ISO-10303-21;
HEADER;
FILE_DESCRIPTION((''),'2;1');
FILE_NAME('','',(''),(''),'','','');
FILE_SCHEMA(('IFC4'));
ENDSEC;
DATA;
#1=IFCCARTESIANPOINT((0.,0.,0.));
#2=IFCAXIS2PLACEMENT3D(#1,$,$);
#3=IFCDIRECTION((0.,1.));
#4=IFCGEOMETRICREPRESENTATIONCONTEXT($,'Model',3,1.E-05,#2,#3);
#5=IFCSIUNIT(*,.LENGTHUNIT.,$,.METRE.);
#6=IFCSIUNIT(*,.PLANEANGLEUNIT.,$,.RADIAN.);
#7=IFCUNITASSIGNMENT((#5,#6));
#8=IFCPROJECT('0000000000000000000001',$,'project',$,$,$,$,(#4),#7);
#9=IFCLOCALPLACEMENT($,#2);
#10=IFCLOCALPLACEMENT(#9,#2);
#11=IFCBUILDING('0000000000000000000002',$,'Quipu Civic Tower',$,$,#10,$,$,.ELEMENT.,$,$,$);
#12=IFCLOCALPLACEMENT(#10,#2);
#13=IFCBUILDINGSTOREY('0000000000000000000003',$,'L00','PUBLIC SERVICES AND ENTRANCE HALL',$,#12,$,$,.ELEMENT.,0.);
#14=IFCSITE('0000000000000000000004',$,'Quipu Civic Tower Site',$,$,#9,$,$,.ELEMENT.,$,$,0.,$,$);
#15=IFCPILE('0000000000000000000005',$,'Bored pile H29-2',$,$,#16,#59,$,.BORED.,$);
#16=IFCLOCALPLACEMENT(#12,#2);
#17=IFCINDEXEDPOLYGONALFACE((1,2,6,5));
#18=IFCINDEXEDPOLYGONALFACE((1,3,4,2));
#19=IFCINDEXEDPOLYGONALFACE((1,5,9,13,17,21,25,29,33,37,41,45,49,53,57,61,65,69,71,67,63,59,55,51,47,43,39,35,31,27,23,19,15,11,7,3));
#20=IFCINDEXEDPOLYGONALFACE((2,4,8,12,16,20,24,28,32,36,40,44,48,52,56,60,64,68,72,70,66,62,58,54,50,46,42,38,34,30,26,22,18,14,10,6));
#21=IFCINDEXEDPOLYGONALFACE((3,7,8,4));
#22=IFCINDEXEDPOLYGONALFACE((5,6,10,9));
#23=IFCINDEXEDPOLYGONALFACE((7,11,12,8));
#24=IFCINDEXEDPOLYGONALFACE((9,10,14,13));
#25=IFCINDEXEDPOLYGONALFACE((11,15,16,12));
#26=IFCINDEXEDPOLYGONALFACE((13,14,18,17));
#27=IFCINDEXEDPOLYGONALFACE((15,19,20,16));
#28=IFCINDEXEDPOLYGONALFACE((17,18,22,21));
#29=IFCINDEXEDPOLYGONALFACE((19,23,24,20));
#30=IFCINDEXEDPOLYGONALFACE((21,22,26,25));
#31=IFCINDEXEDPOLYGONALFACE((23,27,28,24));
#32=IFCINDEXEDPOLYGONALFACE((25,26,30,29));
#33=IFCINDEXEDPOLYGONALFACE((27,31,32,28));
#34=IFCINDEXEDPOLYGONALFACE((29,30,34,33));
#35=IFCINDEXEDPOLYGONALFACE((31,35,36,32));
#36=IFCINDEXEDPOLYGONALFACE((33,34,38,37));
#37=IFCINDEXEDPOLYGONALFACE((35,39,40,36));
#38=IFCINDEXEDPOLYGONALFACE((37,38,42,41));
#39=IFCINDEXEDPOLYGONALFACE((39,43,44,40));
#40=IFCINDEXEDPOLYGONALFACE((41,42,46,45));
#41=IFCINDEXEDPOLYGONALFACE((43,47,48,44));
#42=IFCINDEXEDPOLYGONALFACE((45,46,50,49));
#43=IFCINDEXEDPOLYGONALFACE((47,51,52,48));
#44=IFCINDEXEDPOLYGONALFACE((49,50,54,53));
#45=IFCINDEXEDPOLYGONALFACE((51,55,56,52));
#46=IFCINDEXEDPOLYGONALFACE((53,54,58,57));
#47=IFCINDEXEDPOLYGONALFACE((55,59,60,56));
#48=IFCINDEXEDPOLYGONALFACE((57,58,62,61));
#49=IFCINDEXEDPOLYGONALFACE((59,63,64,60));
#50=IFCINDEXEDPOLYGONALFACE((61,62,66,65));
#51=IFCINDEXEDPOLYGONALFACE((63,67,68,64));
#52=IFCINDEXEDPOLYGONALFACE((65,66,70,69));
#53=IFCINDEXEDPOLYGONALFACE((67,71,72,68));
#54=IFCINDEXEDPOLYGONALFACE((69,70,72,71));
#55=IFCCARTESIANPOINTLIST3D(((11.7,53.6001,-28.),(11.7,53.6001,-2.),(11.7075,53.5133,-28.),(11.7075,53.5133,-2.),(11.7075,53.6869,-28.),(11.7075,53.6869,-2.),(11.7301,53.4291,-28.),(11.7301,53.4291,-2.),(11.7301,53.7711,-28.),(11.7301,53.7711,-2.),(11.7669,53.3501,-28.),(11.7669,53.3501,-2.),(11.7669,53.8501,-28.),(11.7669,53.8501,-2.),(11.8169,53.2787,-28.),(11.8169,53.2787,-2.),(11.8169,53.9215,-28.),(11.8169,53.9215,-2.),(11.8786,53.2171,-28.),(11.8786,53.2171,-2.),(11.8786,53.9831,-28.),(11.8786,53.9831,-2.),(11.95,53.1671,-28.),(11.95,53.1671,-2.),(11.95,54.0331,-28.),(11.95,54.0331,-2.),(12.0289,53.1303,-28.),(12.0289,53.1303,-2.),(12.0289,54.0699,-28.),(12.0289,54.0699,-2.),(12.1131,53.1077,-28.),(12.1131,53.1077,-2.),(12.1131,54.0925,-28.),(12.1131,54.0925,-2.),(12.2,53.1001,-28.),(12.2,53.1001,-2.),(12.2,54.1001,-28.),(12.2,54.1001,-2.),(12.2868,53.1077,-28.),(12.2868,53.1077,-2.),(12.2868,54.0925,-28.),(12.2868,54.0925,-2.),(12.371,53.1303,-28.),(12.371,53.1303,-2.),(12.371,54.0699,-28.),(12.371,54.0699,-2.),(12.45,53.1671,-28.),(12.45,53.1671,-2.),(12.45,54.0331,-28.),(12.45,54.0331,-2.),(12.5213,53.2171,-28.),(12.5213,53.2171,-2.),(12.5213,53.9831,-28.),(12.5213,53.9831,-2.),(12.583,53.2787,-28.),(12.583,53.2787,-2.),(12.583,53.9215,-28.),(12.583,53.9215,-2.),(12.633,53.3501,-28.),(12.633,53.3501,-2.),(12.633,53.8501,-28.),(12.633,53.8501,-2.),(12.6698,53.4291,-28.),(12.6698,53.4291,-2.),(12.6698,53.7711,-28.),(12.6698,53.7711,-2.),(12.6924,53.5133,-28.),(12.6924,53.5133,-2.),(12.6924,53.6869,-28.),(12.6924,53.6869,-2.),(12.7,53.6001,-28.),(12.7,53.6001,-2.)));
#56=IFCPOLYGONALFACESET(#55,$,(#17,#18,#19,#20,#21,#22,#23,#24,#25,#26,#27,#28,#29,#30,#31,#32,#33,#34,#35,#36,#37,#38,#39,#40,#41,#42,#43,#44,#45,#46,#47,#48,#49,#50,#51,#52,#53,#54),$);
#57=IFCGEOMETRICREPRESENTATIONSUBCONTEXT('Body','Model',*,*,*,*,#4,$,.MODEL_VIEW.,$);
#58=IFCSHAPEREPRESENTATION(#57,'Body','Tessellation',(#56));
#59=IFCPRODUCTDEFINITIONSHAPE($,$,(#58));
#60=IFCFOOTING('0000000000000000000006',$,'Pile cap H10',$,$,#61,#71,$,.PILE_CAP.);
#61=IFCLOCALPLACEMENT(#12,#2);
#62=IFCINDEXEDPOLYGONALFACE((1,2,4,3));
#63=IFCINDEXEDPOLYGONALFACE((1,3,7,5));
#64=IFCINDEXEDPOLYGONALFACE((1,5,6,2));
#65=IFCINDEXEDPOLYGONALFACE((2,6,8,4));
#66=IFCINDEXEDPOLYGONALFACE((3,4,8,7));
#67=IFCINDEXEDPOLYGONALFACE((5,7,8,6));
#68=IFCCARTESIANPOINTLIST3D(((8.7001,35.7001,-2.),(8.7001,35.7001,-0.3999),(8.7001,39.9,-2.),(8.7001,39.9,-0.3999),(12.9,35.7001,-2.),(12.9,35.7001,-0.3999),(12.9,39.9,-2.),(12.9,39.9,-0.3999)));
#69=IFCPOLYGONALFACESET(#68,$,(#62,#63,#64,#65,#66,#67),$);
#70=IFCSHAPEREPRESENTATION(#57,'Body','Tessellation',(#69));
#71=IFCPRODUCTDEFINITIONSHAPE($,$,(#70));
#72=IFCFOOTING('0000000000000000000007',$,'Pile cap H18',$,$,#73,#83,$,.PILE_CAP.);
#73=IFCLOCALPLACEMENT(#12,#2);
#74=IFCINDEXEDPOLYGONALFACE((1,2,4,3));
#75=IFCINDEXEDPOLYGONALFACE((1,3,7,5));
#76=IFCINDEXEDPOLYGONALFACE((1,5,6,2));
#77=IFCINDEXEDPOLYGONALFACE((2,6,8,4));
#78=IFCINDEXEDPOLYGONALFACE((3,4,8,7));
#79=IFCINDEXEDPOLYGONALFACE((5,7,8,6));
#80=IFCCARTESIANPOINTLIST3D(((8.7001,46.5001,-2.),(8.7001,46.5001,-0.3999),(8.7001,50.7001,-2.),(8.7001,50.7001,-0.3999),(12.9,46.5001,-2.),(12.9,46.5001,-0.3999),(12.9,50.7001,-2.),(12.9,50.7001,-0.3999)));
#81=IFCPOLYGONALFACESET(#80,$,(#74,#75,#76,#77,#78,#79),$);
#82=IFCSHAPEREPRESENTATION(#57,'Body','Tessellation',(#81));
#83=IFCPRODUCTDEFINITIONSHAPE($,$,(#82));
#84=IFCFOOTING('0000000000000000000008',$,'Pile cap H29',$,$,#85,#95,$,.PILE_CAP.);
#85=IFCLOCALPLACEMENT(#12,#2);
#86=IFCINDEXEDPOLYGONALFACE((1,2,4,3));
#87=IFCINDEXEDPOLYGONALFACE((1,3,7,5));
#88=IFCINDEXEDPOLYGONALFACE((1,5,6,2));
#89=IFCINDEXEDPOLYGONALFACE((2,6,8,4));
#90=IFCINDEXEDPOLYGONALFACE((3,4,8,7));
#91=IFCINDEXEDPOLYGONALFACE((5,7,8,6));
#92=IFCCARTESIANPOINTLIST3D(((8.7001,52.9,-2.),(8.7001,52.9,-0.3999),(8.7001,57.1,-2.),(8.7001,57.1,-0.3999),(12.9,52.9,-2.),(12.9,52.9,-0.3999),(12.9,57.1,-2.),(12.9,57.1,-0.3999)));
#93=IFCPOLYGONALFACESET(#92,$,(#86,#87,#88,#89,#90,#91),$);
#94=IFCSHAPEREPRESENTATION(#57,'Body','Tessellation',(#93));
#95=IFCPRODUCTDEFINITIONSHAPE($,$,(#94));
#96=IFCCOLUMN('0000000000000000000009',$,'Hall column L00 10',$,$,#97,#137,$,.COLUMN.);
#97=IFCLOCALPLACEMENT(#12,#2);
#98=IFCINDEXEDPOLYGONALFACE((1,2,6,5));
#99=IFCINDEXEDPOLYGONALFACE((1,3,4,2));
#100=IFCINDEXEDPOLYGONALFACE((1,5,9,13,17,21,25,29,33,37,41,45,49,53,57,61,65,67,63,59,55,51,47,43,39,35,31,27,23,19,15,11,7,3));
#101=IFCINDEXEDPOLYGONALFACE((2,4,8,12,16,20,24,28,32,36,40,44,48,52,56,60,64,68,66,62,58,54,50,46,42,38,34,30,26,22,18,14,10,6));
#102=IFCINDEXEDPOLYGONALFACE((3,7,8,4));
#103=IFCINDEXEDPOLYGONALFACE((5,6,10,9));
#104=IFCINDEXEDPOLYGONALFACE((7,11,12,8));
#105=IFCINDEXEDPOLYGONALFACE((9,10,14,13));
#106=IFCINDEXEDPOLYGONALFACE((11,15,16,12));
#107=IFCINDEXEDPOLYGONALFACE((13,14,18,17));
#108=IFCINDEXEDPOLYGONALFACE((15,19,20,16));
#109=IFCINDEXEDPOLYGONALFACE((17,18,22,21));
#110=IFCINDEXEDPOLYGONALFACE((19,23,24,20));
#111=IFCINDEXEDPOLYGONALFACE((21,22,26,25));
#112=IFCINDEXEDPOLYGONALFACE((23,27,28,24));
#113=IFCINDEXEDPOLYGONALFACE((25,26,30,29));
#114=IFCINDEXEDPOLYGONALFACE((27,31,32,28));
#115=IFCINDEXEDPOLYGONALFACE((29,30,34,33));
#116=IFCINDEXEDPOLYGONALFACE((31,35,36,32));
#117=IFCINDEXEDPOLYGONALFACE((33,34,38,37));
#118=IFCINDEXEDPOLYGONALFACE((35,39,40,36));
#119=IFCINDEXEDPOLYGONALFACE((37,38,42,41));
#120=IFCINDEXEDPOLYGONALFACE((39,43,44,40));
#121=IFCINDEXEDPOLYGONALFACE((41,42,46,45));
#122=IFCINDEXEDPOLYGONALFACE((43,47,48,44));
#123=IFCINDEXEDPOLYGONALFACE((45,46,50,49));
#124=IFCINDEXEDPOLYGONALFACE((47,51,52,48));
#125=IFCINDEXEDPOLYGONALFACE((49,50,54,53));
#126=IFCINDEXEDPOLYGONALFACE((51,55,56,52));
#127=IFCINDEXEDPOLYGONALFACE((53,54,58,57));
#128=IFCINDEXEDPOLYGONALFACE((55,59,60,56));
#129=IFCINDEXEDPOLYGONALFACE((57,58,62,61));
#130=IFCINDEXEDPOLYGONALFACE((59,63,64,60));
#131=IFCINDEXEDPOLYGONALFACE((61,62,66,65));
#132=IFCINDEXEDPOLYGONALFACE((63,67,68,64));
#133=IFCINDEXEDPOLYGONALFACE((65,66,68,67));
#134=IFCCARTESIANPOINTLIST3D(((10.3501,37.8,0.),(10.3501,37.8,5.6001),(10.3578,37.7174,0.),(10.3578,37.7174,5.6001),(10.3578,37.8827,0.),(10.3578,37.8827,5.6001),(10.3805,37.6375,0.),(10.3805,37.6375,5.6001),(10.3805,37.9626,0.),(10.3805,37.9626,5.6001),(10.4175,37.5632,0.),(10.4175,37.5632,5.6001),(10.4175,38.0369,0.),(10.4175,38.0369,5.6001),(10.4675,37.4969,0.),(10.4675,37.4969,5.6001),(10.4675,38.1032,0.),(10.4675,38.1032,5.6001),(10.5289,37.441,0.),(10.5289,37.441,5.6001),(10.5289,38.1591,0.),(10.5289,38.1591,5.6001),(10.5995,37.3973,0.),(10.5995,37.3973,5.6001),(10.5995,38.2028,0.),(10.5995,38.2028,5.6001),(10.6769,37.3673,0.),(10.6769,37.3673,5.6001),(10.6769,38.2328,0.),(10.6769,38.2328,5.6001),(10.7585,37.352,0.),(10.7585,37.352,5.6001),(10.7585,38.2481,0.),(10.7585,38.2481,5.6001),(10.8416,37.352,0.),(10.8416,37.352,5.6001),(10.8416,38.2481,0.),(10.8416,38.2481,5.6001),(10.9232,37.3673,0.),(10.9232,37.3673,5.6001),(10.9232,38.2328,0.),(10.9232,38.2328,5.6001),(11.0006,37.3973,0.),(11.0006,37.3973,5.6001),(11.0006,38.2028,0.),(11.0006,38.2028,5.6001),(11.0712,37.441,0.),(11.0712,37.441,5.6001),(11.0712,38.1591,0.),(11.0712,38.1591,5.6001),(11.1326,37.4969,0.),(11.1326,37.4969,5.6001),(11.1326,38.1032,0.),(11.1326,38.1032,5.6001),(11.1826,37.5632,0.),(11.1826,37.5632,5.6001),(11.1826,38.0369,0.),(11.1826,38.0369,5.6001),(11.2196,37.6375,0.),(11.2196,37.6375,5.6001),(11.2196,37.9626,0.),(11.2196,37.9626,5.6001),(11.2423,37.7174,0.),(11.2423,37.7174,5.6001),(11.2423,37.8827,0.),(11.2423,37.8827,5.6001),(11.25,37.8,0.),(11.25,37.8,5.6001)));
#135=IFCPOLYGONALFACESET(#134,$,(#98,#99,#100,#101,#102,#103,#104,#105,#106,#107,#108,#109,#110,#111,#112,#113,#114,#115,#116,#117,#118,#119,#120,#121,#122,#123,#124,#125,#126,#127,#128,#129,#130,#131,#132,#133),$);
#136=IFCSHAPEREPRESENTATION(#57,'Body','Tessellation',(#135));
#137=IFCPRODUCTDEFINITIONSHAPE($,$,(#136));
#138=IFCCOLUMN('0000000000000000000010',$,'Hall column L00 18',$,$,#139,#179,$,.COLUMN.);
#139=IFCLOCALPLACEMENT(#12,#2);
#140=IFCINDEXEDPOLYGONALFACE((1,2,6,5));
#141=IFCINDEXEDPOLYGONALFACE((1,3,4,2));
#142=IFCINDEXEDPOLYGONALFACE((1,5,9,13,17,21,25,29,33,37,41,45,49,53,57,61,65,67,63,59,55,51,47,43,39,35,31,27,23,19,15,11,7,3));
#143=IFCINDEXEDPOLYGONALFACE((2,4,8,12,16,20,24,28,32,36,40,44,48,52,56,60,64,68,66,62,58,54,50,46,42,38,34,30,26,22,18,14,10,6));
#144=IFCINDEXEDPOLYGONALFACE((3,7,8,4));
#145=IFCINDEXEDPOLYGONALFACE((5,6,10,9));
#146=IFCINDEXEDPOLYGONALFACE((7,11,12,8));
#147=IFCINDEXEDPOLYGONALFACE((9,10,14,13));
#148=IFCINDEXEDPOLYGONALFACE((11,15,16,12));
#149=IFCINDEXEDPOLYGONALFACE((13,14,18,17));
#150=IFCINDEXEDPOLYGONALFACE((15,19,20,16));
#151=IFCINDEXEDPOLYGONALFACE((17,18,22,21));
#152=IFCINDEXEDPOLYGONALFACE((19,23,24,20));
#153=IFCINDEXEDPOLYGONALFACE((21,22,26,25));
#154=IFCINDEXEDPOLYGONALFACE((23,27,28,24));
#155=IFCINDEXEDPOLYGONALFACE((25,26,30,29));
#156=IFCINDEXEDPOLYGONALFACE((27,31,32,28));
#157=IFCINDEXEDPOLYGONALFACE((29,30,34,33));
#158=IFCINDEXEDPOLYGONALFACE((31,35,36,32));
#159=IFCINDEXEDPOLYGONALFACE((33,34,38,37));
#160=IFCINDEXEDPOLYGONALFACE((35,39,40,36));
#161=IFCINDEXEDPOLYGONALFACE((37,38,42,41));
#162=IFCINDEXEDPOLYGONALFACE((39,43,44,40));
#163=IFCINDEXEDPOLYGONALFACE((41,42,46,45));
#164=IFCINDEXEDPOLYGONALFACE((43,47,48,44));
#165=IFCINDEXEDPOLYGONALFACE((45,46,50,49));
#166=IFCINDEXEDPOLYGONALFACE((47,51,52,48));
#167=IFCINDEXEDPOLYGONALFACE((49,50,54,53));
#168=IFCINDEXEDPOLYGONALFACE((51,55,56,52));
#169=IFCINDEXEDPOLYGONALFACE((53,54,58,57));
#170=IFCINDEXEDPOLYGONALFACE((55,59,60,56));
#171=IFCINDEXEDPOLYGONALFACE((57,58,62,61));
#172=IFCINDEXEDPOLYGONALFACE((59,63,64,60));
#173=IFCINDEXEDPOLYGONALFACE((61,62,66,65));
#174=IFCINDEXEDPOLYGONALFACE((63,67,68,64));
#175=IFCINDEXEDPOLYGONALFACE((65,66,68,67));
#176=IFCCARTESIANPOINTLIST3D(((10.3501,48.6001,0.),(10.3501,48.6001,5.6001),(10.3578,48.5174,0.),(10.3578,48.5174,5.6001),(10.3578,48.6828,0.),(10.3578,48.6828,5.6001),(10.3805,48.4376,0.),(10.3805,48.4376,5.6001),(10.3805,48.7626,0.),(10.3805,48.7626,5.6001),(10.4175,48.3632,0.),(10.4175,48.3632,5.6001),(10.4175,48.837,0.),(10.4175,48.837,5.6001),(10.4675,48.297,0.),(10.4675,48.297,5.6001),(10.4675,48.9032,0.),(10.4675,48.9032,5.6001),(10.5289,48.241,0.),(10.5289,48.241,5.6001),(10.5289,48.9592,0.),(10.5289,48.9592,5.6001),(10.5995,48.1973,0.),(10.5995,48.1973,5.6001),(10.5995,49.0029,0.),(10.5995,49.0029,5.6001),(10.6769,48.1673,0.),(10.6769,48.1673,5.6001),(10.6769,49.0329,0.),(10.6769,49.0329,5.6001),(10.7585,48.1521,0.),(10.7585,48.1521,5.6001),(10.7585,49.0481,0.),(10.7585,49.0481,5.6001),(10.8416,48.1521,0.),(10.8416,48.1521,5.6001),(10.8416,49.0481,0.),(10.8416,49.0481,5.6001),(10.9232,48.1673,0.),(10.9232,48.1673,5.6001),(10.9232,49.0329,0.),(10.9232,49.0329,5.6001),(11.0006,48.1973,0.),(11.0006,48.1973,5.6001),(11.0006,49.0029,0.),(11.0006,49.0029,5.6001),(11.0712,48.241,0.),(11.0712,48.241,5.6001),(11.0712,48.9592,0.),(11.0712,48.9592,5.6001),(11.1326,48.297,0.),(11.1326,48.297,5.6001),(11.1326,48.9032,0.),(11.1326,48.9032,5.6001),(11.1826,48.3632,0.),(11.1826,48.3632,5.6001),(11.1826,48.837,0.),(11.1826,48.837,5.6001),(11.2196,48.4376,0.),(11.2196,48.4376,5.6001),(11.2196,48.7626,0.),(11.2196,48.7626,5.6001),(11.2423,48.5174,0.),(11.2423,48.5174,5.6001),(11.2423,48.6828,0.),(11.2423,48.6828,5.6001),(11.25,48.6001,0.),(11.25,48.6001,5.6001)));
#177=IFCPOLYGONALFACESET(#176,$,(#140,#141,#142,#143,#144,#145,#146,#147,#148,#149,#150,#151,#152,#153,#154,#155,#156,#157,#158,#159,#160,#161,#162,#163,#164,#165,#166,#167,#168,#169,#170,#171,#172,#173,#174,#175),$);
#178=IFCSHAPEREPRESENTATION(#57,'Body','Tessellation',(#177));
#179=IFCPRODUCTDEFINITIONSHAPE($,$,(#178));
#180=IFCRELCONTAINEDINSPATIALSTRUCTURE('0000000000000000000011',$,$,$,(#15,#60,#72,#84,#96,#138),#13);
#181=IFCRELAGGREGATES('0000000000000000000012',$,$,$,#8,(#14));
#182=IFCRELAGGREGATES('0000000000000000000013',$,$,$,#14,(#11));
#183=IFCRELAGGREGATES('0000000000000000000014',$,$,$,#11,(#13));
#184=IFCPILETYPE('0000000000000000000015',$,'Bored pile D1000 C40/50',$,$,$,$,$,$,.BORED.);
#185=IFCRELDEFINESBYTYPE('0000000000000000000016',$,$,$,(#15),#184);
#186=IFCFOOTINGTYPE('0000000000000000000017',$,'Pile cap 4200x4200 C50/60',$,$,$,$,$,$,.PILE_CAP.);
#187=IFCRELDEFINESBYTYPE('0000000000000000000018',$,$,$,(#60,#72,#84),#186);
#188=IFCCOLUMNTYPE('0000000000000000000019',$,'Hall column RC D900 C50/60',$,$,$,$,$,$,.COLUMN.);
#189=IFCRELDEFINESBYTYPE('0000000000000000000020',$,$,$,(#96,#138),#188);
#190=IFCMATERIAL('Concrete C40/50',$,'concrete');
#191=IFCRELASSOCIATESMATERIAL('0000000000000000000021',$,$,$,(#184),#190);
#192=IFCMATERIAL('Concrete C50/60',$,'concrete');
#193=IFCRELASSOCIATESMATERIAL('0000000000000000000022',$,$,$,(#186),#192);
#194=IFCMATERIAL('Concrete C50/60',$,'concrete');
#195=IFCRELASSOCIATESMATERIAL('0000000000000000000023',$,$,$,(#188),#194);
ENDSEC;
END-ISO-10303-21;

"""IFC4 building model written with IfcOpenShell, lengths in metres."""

from ifc_helpers import new_model, si_unit, direction, frame, origin, origin_2d, place, context, subcontext, project, spatial, rectangle, circle, extrude, material, material_profile, profile_set, type_object, element, save


model = new_model("IFC4")

# Units and contexts
model_context = context("Model", 3, precision=1e-05, world=origin(), true_north=direction((0.0, 1.0)))
body_context = subcontext(model_context, "Body", "Model", "MODEL_VIEW")
ifc_project = project(units=[si_unit("LENGTHUNIT", "METRE"), si_unit("PLANEANGLEUNIT", "RADIAN")], contexts=[model_context])

# Site, building, storey
site_placement = place(None, origin())
site = spatial("IfcSite", under=ifc_project, at=site_placement, Name="Quipu Civic Tower Site", CompositionType="ELEMENT", RefElevation=0.0)
building_placement = place(site_placement, origin())
building = spatial("IfcBuilding", under=site, at=building_placement, Name="Quipu Civic Tower", CompositionType="ELEMENT")
storey_placement = place(building_placement, origin())
storey = spatial("IfcBuildingStorey", under=building, at=storey_placement, Name="L00", Description="PUBLIC SERVICES AND ENTRANCE HALL", CompositionType="ELEMENT", Elevation=0.0)

# Pile
ifc_material_1 = material(Name="Concrete C40/50", Category="concrete")
ifc_material_profile_1 = material_profile(ifc_material_1, circle(Radius=0.5, at=origin_2d()), Name="RCD1000")
ifc_profile_set_1 = profile_set([ifc_material_profile_1], Name="Concrete C40/50")
pile_type = type_object("IfcPileType", Name="Bored pile D1000 C40/50", PredefinedType="BORED", material=ifc_profile_set_1)
for number, where, z_axis, x_axis, name in (
    (1, (12.2, 53.6001, -2.0), (0.0, 0.0, -1.0), (1.0, 0.0, 0.0), "Bored pile H29-2"),
):
    element("IfcPile", number, at=place(storey_placement, frame(where, z_axis=z_axis, x_axis=x_axis)), inside=storey, type_object=pile_type, Name=name, PredefinedType="BORED", context=body_context, shape_type="SweptSolid", body=[
        extrude(circle(Radius=0.5, at=origin_2d()), origin(), (0.0, 0.0, 1.0), 26.0),
    ])

# Footings
ifc_material_2 = material(Name="Concrete C50/60", Category="concrete")
footing_type = type_object("IfcFootingType", Name="Pile cap 4200x4200 C50/60", PredefinedType="PILE_CAP", material=ifc_material_2)
for number, where, z_axis, x_axis, name in (
    (2, (10.8, 37.8, -2.0), (0.0, 0.0, 1.0), (1.0, 0.0, 0.0), "Pile cap H10"),
    (3, (10.8, 48.6001, -2.0), (0.0, 0.0, 1.0), (1.0, 0.0, 0.0), "Pile cap H18"),
    (4, (10.8, 55.0, -2.0), (0.0, 0.0, 1.0), (1.0, 0.0, 0.0), "Pile cap H29"),
):
    element("IfcFooting", number, at=place(storey_placement, frame(where, z_axis=z_axis, x_axis=x_axis)), inside=storey, type_object=footing_type, Name=name, PredefinedType="PILE_CAP", context=body_context, shape_type="SweptSolid", body=[
        extrude(rectangle(XDim=4.2, YDim=4.2, at=origin_2d()), origin(), (0.0, 0.0, 1.0), 1.6001),
    ])

# Columns
ifc_material_3 = material(Name="Concrete C50/60", Category="concrete")
ifc_material_profile_2 = material_profile(ifc_material_3, circle(Radius=0.45, at=origin_2d()), Name="RCD900")
ifc_profile_set_2 = profile_set([ifc_material_profile_2], Name="Concrete C50/60")
column_type = type_object("IfcColumnType", Name="Hall column RC D900 C50/60", PredefinedType="COLUMN", material=ifc_profile_set_2)
for number, where, z_axis, x_axis, name in (
    (5, (10.8, 37.8, 0.0), (0.0, 0.0, 1.0), (1.0, 0.0, 0.0), "Hall column L00 10"),
    (6, (10.8, 48.6001, 0.0), (0.0, 0.0, 1.0), (1.0, 0.0, 0.0), "Hall column L00 18"),
):
    element("IfcColumn", number, at=place(storey_placement, frame(where, z_axis=z_axis, x_axis=x_axis)), inside=storey, type_object=column_type, Name=name, PredefinedType="COLUMN", context=body_context, shape_type="SweptSolid", body=[
        extrude(circle(Radius=0.45, at=origin_2d()), origin(), (0.0, 0.0, 1.0), 5.6001),
    ])

save(model, "model.ifc")
